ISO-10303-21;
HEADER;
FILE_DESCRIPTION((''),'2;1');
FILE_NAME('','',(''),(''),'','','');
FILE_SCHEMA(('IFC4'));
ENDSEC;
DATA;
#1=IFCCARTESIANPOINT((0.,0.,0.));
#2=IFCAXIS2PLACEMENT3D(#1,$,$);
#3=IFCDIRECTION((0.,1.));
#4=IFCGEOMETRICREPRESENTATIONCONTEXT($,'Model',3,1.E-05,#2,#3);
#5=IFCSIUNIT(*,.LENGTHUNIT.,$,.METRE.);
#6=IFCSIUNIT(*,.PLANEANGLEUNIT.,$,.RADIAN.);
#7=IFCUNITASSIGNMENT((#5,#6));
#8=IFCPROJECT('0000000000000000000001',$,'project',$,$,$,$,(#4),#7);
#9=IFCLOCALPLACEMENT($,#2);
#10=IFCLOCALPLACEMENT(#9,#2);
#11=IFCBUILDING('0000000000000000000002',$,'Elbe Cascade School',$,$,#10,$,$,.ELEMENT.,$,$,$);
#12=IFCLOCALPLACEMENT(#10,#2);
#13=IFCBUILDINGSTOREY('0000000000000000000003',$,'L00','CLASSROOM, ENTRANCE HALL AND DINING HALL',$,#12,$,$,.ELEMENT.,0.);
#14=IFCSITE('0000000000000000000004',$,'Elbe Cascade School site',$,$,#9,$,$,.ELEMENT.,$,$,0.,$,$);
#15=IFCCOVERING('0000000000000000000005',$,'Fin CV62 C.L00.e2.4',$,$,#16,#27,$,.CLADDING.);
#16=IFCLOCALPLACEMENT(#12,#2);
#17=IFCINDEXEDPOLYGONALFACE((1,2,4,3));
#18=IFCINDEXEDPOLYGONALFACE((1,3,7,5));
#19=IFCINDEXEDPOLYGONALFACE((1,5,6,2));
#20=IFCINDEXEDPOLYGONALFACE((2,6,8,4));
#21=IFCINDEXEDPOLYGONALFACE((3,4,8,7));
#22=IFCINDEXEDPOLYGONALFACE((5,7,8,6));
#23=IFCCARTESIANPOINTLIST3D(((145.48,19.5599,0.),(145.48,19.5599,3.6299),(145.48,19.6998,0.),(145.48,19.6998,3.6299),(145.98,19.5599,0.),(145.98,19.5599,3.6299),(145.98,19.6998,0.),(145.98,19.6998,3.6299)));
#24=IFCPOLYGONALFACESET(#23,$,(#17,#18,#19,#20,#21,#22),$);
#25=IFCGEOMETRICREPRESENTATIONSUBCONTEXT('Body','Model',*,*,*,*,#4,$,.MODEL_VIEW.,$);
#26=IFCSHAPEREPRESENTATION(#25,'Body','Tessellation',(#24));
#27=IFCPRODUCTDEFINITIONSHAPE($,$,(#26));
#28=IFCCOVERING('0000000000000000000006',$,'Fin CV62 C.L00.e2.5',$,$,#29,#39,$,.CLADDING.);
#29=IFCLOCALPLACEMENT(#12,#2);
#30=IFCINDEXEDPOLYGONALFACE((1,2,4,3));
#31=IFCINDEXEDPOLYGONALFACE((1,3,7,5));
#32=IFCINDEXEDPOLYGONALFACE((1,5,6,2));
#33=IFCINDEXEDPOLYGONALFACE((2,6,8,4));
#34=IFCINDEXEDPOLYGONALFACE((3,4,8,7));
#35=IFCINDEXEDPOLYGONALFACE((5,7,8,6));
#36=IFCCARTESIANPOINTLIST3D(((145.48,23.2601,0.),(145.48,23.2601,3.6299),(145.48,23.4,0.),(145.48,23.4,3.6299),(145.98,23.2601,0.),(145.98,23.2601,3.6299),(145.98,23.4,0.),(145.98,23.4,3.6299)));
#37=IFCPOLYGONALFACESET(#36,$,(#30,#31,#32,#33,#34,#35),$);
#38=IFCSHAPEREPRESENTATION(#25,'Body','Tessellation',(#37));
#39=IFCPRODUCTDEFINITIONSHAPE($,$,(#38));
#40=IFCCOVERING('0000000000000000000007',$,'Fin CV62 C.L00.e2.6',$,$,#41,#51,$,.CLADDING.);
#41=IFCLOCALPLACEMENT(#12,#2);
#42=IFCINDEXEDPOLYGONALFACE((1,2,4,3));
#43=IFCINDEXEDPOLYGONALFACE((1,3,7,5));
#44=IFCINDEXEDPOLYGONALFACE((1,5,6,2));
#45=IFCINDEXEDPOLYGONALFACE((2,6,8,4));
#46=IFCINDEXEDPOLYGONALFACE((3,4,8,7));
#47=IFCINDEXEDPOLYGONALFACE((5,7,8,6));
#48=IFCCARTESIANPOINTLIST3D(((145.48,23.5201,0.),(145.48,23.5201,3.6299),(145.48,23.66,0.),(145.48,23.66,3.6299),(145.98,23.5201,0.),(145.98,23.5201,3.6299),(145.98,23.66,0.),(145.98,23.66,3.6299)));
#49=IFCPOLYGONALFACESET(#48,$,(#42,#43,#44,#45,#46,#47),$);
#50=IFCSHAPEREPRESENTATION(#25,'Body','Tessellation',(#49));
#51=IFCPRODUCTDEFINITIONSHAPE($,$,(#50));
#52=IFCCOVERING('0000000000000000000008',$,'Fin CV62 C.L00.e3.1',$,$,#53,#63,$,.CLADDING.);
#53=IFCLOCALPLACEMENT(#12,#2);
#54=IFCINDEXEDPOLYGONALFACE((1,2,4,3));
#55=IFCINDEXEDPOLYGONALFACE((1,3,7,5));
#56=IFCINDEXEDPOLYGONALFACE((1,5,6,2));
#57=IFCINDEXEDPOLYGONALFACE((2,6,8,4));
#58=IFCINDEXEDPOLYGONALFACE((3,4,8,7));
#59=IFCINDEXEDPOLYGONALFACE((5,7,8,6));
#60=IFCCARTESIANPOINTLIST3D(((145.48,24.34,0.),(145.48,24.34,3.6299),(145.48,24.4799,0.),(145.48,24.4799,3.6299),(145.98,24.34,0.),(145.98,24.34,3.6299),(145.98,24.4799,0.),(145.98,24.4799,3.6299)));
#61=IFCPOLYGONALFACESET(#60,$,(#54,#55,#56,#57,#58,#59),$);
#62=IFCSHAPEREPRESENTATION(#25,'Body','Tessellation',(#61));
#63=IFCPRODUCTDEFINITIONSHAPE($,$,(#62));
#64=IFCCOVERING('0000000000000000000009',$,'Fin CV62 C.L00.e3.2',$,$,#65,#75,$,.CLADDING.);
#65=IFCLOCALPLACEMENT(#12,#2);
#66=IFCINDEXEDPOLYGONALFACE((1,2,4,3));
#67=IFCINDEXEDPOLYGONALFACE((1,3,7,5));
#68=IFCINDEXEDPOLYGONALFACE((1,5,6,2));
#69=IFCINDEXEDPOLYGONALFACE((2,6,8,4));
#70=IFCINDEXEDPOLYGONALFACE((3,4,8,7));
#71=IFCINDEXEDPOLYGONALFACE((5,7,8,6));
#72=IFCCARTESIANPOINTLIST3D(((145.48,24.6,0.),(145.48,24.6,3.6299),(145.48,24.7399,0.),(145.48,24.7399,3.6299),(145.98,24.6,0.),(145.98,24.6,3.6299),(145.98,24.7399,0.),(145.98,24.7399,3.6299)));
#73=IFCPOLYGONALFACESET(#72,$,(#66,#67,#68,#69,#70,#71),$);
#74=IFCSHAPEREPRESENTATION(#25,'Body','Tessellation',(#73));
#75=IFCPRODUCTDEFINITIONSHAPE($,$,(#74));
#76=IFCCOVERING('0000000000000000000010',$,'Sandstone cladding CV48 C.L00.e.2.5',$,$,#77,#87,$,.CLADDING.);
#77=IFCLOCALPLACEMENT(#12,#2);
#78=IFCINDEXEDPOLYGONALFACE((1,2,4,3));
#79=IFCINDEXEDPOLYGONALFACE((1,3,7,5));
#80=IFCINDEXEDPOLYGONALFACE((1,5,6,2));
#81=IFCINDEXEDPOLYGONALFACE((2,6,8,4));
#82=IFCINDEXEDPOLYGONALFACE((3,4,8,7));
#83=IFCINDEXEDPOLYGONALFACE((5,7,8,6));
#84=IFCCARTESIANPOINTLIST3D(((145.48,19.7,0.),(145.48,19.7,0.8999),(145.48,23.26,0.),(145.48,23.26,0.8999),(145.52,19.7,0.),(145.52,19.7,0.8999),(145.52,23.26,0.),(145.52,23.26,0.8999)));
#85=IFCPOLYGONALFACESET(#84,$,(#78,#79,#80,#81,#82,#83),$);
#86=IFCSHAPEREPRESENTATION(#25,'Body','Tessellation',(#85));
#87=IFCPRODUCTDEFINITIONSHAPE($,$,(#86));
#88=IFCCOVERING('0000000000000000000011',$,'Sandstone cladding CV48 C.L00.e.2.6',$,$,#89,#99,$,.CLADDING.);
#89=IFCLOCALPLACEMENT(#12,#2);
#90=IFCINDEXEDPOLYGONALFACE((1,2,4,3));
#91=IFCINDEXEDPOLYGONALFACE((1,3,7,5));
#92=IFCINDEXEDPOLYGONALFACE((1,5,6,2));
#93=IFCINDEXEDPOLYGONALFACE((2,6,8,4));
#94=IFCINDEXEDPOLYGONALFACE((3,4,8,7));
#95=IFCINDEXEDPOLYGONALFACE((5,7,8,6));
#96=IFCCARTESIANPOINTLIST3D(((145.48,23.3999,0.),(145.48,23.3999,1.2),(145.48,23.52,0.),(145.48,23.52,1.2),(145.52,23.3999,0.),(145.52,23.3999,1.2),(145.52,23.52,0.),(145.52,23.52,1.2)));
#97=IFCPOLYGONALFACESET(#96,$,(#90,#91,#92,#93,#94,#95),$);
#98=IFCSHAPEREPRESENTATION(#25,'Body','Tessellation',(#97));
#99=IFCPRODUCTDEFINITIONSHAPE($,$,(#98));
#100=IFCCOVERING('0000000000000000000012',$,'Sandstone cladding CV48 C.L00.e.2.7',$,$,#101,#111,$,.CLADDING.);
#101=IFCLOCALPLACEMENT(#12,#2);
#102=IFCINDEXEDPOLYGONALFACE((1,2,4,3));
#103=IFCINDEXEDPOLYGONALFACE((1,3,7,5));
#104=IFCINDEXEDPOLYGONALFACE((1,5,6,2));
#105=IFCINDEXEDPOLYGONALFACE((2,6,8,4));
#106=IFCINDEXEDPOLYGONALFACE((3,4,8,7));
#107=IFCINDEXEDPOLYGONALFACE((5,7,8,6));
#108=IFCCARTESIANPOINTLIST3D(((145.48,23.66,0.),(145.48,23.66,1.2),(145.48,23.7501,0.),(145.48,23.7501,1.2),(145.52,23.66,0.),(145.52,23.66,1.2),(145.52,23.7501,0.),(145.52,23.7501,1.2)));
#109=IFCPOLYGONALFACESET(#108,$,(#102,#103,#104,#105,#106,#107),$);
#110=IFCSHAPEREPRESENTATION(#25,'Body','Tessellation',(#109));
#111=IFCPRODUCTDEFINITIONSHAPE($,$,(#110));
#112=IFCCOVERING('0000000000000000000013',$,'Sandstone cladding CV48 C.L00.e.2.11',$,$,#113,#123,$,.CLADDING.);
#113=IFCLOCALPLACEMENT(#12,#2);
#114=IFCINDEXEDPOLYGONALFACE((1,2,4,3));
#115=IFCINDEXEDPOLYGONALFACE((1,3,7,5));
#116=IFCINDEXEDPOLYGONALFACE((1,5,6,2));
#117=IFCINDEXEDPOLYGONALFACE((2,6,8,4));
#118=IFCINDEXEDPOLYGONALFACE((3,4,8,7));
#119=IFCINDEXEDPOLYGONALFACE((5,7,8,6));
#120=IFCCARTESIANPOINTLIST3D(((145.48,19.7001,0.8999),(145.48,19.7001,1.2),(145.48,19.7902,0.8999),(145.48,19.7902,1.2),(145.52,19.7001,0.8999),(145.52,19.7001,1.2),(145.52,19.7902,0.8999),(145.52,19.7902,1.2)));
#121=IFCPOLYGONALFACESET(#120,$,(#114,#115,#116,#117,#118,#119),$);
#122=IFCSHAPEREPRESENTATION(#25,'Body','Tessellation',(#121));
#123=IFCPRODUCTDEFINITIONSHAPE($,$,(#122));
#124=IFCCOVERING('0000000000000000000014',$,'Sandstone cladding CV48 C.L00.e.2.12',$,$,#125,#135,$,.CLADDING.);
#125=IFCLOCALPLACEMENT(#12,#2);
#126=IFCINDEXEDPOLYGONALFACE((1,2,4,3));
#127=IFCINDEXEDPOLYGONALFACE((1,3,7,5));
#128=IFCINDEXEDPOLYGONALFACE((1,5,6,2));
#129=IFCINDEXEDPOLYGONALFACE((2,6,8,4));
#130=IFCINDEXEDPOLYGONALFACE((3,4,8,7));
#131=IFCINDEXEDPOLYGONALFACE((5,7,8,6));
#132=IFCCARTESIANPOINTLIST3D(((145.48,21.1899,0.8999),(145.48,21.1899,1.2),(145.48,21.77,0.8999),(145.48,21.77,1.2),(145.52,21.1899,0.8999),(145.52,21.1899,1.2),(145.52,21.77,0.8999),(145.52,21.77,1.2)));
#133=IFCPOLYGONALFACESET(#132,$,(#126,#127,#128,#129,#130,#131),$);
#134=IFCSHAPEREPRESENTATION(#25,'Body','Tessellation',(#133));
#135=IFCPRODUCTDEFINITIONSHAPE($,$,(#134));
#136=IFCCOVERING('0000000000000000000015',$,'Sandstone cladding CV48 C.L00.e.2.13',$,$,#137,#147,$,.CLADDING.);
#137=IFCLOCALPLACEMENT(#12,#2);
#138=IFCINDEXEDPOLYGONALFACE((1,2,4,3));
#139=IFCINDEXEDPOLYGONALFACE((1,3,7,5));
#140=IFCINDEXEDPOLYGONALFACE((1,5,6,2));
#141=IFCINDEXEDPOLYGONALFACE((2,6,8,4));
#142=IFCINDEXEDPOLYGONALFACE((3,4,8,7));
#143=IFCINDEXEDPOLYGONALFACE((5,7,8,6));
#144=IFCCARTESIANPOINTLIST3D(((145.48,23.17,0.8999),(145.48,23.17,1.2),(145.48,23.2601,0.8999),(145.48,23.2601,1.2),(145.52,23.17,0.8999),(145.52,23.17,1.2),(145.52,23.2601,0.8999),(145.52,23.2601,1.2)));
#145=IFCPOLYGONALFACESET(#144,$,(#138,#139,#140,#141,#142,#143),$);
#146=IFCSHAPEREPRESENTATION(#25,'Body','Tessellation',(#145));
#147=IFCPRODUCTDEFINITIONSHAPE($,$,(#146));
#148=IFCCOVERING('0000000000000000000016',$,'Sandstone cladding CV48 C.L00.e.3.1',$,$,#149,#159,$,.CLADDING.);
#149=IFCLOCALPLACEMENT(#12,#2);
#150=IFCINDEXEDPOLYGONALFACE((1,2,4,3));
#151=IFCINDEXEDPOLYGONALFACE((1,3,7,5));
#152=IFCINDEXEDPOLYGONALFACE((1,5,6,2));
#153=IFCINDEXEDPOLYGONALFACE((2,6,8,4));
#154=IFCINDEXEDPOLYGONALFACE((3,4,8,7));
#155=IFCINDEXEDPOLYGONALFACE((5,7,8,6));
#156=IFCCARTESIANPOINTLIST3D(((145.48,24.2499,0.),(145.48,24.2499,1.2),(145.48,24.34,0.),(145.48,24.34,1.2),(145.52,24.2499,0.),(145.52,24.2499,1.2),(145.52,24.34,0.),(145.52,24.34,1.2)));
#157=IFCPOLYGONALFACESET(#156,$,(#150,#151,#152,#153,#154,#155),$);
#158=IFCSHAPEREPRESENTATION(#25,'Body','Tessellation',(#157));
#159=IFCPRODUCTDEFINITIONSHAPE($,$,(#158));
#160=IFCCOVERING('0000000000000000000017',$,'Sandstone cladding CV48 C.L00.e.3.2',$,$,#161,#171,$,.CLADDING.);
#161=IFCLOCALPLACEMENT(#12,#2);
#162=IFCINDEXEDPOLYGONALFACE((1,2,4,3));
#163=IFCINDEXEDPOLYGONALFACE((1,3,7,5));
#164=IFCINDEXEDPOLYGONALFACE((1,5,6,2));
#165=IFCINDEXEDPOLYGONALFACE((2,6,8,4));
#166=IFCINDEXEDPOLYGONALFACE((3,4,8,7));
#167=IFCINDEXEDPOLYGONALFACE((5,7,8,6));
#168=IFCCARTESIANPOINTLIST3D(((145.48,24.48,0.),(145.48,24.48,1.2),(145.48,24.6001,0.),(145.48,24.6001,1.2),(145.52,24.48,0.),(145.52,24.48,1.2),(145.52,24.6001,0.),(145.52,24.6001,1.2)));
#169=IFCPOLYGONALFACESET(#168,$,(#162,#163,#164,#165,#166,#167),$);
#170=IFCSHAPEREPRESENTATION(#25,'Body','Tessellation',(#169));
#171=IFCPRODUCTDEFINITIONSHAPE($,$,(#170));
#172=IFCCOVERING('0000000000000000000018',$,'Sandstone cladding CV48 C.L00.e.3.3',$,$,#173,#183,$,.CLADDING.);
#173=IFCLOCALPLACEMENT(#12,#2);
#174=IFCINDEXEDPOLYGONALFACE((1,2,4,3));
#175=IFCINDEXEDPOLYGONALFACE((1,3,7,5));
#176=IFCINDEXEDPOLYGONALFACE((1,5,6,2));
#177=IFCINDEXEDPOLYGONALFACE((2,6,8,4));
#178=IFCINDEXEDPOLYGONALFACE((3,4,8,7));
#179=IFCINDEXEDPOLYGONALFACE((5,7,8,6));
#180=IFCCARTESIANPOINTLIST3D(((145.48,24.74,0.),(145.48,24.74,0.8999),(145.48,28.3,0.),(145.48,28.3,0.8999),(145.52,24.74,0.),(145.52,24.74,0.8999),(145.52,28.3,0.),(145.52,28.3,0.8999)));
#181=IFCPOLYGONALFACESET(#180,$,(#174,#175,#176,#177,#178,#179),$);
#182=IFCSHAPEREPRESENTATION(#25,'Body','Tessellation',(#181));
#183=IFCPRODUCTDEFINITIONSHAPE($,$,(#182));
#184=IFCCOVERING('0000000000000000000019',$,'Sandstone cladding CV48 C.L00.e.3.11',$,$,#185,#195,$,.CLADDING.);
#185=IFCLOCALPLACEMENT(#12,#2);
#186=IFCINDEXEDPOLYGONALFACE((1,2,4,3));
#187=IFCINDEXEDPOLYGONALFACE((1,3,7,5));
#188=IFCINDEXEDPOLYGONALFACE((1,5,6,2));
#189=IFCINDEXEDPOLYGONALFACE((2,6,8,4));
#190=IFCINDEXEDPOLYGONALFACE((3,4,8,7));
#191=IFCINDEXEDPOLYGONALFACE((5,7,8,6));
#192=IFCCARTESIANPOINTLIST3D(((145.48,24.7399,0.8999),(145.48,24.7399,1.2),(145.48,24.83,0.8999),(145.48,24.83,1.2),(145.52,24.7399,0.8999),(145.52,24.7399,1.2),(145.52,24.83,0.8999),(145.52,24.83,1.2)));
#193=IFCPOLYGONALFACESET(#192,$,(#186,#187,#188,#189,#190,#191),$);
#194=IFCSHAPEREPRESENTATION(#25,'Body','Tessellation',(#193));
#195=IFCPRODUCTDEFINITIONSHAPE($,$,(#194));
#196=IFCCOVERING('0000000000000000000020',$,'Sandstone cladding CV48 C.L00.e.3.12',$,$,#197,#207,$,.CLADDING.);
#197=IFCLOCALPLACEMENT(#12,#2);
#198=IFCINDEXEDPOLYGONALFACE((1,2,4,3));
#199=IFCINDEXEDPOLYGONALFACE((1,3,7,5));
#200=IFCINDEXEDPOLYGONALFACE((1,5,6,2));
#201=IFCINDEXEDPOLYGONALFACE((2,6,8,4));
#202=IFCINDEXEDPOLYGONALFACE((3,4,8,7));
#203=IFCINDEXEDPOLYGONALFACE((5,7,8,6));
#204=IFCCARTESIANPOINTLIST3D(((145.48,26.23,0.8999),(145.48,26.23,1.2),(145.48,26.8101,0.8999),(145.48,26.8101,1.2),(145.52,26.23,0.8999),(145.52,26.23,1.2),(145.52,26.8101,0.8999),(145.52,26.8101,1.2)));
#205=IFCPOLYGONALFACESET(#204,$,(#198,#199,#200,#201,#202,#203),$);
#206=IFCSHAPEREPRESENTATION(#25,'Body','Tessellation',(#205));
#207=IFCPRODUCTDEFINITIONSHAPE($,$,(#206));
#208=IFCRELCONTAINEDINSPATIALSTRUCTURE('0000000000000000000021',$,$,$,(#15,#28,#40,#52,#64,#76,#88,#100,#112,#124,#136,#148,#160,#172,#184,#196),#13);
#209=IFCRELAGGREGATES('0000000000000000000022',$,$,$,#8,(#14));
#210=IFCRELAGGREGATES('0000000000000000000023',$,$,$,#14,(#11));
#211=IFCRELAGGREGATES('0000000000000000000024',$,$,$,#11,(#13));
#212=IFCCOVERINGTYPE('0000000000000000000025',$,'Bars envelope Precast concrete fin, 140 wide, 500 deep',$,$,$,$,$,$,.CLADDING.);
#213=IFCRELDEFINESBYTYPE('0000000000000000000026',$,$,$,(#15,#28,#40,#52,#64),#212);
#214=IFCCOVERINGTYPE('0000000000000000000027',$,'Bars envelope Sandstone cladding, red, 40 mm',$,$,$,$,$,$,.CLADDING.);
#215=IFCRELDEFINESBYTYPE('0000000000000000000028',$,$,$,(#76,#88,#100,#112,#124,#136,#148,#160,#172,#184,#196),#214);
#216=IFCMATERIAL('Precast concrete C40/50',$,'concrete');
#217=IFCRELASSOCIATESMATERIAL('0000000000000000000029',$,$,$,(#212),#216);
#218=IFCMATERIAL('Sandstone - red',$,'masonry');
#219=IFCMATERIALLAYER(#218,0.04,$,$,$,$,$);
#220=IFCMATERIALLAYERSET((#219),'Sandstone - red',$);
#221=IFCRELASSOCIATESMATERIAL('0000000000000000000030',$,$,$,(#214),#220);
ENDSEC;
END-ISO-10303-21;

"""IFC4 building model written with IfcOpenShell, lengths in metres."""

from ifc_helpers import new_model, si_unit, direction, frame, origin, origin_2d, place, context, subcontext, project, spatial, rectangle, extrude, material, layer, layer_set, type_object, element, save


model = new_model("IFC4")

# Units and contexts
model_context = context("Model", 3, precision=1e-05, world=origin(), true_north=direction((0.0, 1.0)))
body_context = subcontext(model_context, "Body", "Model", "MODEL_VIEW")
ifc_project = project(units=[si_unit("LENGTHUNIT", "METRE"), si_unit("PLANEANGLEUNIT", "RADIAN")], contexts=[model_context])

# Site, building, storey
site_placement = place(None, origin())
site = spatial("IfcSite", under=ifc_project, at=site_placement, Name="Elbe Cascade School site", CompositionType="ELEMENT", RefElevation=0.0)
building_placement = place(site_placement, origin())
building = spatial("IfcBuilding", under=site, at=building_placement, Name="Elbe Cascade School", CompositionType="ELEMENT")
storey_placement = place(building_placement, origin())
storey = spatial("IfcBuildingStorey", under=building, at=storey_placement, Name="L00", Description="CLASSROOM, ENTRANCE HALL AND DINING HALL", CompositionType="ELEMENT", Elevation=0.0)

# Coverings
ifc_material_1 = material(Name="Precast concrete C40/50", Category="concrete")
covering_type_1 = type_object("IfcCoveringType", Name="Bars envelope Precast concrete fin, 140 wide, 500 deep", PredefinedType="CLADDING", material=ifc_material_1)
for number, where, z_axis, x_axis, name in (
    (1, (145.73, 19.6299, 0.0), (0.0, 0.0, 1.0), (0.0, 1.0, 0.0), "Fin CV62 C.L00.e2.4"),
    (2, (145.73, 23.3301, 0.0), (0.0, 0.0, 1.0), (0.0, 1.0, 0.0), "Fin CV62 C.L00.e2.5"),
    (3, (145.73, 23.5901, 0.0), (0.0, 0.0, 1.0), (0.0, 1.0, 0.0), "Fin CV62 C.L00.e2.6"),
    (4, (145.73, 24.4099, 0.0), (0.0, 0.0, 1.0), (0.0, 1.0, 0.0), "Fin CV62 C.L00.e3.1"),
    (5, (145.73, 24.6699, 0.0), (0.0, 0.0, 1.0), (0.0, 1.0, 0.0), "Fin CV62 C.L00.e3.2"),
):
    element("IfcCovering", number, at=place(storey_placement, frame(where, z_axis=z_axis, x_axis=x_axis)), inside=storey, type_object=covering_type_1, Name=name, PredefinedType="CLADDING", context=body_context, shape_type="SweptSolid", body=[
        extrude(rectangle(XDim=0.1399, YDim=0.5, at=origin_2d()), origin(), (0.0, 0.0, 1.0), 3.6299),
    ])
ifc_material_2 = material(Name="Sandstone - red", Category="masonry")
ifc_layer = layer(ifc_material_2, 0.04)
ifc_layer_set = layer_set([ifc_layer], Name="Sandstone - red")
covering_type_2 = type_object("IfcCoveringType", Name="Bars envelope Sandstone cladding, red, 40 mm", PredefinedType="CLADDING", material=ifc_layer_set)
covering_1_placement = place(storey_placement, frame((145.5, 21.48, 0.0), z_axis=(0.0, 0.0, 1.0), x_axis=(0.0, 1.0, 0.0)))
element("IfcCovering", 6, at=covering_1_placement, inside=storey, type_object=covering_type_2, Name="Sandstone cladding CV48 C.L00.e.2.5", PredefinedType="CLADDING", context=body_context, shape_type="SweptSolid", body=[
    extrude(rectangle(XDim=3.5601, YDim=0.04, at=origin_2d()), origin(), (0.0, 0.0, 1.0), 0.8999),
])
covering_2_placement = place(storey_placement, frame((145.5, 23.46, 0.0), z_axis=(0.0, 0.0, 1.0), x_axis=(0.0, 1.0, 0.0)))
element("IfcCovering", 7, at=covering_2_placement, inside=storey, type_object=covering_type_2, Name="Sandstone cladding CV48 C.L00.e.2.6", PredefinedType="CLADDING", context=body_context, shape_type="SweptSolid", body=[
    extrude(rectangle(XDim=0.1201, YDim=0.04, at=origin_2d()), origin(), (0.0, 0.0, 1.0), 1.2),
])
covering_3_placement = place(storey_placement, frame((145.5, 23.7051, 0.0), z_axis=(0.0, 0.0, 1.0), x_axis=(0.0, 1.0, 0.0)))
element("IfcCovering", 8, at=covering_3_placement, inside=storey, type_object=covering_type_2, Name="Sandstone cladding CV48 C.L00.e.2.7", PredefinedType="CLADDING", context=body_context, shape_type="SweptSolid", body=[
    extrude(rectangle(XDim=0.0901, YDim=0.04, at=origin_2d()), origin(), (0.0, 0.0, 1.0), 1.2),
])
covering_4_placement = place(storey_placement, frame((145.5, 19.7451, 0.8999), z_axis=(0.0, 0.0, 1.0), x_axis=(0.0, 1.0, 0.0)))
element("IfcCovering", 9, at=covering_4_placement, inside=storey, type_object=covering_type_2, Name="Sandstone cladding CV48 C.L00.e.2.11", PredefinedType="CLADDING", context=body_context, shape_type="SweptSolid", body=[
    extrude(rectangle(XDim=0.0901, YDim=0.04, at=origin_2d()), origin(), (0.0, 0.0, 1.0), 0.3),
])
covering_5_placement = place(storey_placement, frame((145.5, 21.48, 0.8999), z_axis=(0.0, 0.0, 1.0), x_axis=(0.0, 1.0, 0.0)))
element("IfcCovering", 10, at=covering_5_placement, inside=storey, type_object=covering_type_2, Name="Sandstone cladding CV48 C.L00.e.2.12", PredefinedType="CLADDING", context=body_context, shape_type="SweptSolid", body=[
    extrude(rectangle(XDim=0.5801, YDim=0.04, at=origin_2d()), origin(), (0.0, 0.0, 1.0), 0.3),
])
covering_6_placement = place(storey_placement, frame((145.5, 23.2151, 0.8999), z_axis=(0.0, 0.0, 1.0), x_axis=(0.0, 1.0, 0.0)))
element("IfcCovering", 11, at=covering_6_placement, inside=storey, type_object=covering_type_2, Name="Sandstone cladding CV48 C.L00.e.2.13", PredefinedType="CLADDING", context=body_context, shape_type="SweptSolid", body=[
    extrude(rectangle(XDim=0.0901, YDim=0.04, at=origin_2d()), origin(), (0.0, 0.0, 1.0), 0.3),
])
covering_7_placement = place(storey_placement, frame((145.5, 24.2949, 0.0), z_axis=(0.0, 0.0, 1.0), x_axis=(0.0, 1.0, 0.0)))
element("IfcCovering", 12, at=covering_7_placement, inside=storey, type_object=covering_type_2, Name="Sandstone cladding CV48 C.L00.e.3.1", PredefinedType="CLADDING", context=body_context, shape_type="SweptSolid", body=[
    extrude(rectangle(XDim=0.0901, YDim=0.04, at=origin_2d()), origin(), (0.0, 0.0, 1.0), 1.2),
])
covering_8_placement = place(storey_placement, frame((145.5, 24.54, 0.0), z_axis=(0.0, 0.0, 1.0), x_axis=(0.0, 1.0, 0.0)))
element("IfcCovering", 13, at=covering_8_placement, inside=storey, type_object=covering_type_2, Name="Sandstone cladding CV48 C.L00.e.3.2", PredefinedType="CLADDING", context=body_context, shape_type="SweptSolid", body=[
    extrude(rectangle(XDim=0.1201, YDim=0.04, at=origin_2d()), origin(), (0.0, 0.0, 1.0), 1.2),
])
covering_9_placement = place(storey_placement, frame((145.5, 26.52, 0.0), z_axis=(0.0, 0.0, 1.0), x_axis=(0.0, 1.0, 0.0)))
element("IfcCovering", 14, at=covering_9_placement, inside=storey, type_object=covering_type_2, Name="Sandstone cladding CV48 C.L00.e.3.3", PredefinedType="CLADDING", context=body_context, shape_type="SweptSolid", body=[
    extrude(rectangle(XDim=3.5601, YDim=0.04, at=origin_2d()), origin(), (0.0, 0.0, 1.0), 0.8999),
])
covering_10_placement = place(storey_placement, frame((145.5, 24.7849, 0.8999), z_axis=(0.0, 0.0, 1.0), x_axis=(0.0, 1.0, 0.0)))
element("IfcCovering", 15, at=covering_10_placement, inside=storey, type_object=covering_type_2, Name="Sandstone cladding CV48 C.L00.e.3.11", PredefinedType="CLADDING", context=body_context, shape_type="SweptSolid", body=[
    extrude(rectangle(XDim=0.0901, YDim=0.04, at=origin_2d()), origin(), (0.0, 0.0, 1.0), 0.3),
])
covering_11_placement = place(storey_placement, frame((145.5, 26.52, 0.8999), z_axis=(0.0, 0.0, 1.0), x_axis=(0.0, 1.0, 0.0)))
element("IfcCovering", 16, at=covering_11_placement, inside=storey, type_object=covering_type_2, Name="Sandstone cladding CV48 C.L00.e.3.12", PredefinedType="CLADDING", context=body_context, shape_type="SweptSolid", body=[
    extrude(rectangle(XDim=0.5801, YDim=0.04, at=origin_2d()), origin(), (0.0, 0.0, 1.0), 0.3),
])

save(model, "model.ifc")
